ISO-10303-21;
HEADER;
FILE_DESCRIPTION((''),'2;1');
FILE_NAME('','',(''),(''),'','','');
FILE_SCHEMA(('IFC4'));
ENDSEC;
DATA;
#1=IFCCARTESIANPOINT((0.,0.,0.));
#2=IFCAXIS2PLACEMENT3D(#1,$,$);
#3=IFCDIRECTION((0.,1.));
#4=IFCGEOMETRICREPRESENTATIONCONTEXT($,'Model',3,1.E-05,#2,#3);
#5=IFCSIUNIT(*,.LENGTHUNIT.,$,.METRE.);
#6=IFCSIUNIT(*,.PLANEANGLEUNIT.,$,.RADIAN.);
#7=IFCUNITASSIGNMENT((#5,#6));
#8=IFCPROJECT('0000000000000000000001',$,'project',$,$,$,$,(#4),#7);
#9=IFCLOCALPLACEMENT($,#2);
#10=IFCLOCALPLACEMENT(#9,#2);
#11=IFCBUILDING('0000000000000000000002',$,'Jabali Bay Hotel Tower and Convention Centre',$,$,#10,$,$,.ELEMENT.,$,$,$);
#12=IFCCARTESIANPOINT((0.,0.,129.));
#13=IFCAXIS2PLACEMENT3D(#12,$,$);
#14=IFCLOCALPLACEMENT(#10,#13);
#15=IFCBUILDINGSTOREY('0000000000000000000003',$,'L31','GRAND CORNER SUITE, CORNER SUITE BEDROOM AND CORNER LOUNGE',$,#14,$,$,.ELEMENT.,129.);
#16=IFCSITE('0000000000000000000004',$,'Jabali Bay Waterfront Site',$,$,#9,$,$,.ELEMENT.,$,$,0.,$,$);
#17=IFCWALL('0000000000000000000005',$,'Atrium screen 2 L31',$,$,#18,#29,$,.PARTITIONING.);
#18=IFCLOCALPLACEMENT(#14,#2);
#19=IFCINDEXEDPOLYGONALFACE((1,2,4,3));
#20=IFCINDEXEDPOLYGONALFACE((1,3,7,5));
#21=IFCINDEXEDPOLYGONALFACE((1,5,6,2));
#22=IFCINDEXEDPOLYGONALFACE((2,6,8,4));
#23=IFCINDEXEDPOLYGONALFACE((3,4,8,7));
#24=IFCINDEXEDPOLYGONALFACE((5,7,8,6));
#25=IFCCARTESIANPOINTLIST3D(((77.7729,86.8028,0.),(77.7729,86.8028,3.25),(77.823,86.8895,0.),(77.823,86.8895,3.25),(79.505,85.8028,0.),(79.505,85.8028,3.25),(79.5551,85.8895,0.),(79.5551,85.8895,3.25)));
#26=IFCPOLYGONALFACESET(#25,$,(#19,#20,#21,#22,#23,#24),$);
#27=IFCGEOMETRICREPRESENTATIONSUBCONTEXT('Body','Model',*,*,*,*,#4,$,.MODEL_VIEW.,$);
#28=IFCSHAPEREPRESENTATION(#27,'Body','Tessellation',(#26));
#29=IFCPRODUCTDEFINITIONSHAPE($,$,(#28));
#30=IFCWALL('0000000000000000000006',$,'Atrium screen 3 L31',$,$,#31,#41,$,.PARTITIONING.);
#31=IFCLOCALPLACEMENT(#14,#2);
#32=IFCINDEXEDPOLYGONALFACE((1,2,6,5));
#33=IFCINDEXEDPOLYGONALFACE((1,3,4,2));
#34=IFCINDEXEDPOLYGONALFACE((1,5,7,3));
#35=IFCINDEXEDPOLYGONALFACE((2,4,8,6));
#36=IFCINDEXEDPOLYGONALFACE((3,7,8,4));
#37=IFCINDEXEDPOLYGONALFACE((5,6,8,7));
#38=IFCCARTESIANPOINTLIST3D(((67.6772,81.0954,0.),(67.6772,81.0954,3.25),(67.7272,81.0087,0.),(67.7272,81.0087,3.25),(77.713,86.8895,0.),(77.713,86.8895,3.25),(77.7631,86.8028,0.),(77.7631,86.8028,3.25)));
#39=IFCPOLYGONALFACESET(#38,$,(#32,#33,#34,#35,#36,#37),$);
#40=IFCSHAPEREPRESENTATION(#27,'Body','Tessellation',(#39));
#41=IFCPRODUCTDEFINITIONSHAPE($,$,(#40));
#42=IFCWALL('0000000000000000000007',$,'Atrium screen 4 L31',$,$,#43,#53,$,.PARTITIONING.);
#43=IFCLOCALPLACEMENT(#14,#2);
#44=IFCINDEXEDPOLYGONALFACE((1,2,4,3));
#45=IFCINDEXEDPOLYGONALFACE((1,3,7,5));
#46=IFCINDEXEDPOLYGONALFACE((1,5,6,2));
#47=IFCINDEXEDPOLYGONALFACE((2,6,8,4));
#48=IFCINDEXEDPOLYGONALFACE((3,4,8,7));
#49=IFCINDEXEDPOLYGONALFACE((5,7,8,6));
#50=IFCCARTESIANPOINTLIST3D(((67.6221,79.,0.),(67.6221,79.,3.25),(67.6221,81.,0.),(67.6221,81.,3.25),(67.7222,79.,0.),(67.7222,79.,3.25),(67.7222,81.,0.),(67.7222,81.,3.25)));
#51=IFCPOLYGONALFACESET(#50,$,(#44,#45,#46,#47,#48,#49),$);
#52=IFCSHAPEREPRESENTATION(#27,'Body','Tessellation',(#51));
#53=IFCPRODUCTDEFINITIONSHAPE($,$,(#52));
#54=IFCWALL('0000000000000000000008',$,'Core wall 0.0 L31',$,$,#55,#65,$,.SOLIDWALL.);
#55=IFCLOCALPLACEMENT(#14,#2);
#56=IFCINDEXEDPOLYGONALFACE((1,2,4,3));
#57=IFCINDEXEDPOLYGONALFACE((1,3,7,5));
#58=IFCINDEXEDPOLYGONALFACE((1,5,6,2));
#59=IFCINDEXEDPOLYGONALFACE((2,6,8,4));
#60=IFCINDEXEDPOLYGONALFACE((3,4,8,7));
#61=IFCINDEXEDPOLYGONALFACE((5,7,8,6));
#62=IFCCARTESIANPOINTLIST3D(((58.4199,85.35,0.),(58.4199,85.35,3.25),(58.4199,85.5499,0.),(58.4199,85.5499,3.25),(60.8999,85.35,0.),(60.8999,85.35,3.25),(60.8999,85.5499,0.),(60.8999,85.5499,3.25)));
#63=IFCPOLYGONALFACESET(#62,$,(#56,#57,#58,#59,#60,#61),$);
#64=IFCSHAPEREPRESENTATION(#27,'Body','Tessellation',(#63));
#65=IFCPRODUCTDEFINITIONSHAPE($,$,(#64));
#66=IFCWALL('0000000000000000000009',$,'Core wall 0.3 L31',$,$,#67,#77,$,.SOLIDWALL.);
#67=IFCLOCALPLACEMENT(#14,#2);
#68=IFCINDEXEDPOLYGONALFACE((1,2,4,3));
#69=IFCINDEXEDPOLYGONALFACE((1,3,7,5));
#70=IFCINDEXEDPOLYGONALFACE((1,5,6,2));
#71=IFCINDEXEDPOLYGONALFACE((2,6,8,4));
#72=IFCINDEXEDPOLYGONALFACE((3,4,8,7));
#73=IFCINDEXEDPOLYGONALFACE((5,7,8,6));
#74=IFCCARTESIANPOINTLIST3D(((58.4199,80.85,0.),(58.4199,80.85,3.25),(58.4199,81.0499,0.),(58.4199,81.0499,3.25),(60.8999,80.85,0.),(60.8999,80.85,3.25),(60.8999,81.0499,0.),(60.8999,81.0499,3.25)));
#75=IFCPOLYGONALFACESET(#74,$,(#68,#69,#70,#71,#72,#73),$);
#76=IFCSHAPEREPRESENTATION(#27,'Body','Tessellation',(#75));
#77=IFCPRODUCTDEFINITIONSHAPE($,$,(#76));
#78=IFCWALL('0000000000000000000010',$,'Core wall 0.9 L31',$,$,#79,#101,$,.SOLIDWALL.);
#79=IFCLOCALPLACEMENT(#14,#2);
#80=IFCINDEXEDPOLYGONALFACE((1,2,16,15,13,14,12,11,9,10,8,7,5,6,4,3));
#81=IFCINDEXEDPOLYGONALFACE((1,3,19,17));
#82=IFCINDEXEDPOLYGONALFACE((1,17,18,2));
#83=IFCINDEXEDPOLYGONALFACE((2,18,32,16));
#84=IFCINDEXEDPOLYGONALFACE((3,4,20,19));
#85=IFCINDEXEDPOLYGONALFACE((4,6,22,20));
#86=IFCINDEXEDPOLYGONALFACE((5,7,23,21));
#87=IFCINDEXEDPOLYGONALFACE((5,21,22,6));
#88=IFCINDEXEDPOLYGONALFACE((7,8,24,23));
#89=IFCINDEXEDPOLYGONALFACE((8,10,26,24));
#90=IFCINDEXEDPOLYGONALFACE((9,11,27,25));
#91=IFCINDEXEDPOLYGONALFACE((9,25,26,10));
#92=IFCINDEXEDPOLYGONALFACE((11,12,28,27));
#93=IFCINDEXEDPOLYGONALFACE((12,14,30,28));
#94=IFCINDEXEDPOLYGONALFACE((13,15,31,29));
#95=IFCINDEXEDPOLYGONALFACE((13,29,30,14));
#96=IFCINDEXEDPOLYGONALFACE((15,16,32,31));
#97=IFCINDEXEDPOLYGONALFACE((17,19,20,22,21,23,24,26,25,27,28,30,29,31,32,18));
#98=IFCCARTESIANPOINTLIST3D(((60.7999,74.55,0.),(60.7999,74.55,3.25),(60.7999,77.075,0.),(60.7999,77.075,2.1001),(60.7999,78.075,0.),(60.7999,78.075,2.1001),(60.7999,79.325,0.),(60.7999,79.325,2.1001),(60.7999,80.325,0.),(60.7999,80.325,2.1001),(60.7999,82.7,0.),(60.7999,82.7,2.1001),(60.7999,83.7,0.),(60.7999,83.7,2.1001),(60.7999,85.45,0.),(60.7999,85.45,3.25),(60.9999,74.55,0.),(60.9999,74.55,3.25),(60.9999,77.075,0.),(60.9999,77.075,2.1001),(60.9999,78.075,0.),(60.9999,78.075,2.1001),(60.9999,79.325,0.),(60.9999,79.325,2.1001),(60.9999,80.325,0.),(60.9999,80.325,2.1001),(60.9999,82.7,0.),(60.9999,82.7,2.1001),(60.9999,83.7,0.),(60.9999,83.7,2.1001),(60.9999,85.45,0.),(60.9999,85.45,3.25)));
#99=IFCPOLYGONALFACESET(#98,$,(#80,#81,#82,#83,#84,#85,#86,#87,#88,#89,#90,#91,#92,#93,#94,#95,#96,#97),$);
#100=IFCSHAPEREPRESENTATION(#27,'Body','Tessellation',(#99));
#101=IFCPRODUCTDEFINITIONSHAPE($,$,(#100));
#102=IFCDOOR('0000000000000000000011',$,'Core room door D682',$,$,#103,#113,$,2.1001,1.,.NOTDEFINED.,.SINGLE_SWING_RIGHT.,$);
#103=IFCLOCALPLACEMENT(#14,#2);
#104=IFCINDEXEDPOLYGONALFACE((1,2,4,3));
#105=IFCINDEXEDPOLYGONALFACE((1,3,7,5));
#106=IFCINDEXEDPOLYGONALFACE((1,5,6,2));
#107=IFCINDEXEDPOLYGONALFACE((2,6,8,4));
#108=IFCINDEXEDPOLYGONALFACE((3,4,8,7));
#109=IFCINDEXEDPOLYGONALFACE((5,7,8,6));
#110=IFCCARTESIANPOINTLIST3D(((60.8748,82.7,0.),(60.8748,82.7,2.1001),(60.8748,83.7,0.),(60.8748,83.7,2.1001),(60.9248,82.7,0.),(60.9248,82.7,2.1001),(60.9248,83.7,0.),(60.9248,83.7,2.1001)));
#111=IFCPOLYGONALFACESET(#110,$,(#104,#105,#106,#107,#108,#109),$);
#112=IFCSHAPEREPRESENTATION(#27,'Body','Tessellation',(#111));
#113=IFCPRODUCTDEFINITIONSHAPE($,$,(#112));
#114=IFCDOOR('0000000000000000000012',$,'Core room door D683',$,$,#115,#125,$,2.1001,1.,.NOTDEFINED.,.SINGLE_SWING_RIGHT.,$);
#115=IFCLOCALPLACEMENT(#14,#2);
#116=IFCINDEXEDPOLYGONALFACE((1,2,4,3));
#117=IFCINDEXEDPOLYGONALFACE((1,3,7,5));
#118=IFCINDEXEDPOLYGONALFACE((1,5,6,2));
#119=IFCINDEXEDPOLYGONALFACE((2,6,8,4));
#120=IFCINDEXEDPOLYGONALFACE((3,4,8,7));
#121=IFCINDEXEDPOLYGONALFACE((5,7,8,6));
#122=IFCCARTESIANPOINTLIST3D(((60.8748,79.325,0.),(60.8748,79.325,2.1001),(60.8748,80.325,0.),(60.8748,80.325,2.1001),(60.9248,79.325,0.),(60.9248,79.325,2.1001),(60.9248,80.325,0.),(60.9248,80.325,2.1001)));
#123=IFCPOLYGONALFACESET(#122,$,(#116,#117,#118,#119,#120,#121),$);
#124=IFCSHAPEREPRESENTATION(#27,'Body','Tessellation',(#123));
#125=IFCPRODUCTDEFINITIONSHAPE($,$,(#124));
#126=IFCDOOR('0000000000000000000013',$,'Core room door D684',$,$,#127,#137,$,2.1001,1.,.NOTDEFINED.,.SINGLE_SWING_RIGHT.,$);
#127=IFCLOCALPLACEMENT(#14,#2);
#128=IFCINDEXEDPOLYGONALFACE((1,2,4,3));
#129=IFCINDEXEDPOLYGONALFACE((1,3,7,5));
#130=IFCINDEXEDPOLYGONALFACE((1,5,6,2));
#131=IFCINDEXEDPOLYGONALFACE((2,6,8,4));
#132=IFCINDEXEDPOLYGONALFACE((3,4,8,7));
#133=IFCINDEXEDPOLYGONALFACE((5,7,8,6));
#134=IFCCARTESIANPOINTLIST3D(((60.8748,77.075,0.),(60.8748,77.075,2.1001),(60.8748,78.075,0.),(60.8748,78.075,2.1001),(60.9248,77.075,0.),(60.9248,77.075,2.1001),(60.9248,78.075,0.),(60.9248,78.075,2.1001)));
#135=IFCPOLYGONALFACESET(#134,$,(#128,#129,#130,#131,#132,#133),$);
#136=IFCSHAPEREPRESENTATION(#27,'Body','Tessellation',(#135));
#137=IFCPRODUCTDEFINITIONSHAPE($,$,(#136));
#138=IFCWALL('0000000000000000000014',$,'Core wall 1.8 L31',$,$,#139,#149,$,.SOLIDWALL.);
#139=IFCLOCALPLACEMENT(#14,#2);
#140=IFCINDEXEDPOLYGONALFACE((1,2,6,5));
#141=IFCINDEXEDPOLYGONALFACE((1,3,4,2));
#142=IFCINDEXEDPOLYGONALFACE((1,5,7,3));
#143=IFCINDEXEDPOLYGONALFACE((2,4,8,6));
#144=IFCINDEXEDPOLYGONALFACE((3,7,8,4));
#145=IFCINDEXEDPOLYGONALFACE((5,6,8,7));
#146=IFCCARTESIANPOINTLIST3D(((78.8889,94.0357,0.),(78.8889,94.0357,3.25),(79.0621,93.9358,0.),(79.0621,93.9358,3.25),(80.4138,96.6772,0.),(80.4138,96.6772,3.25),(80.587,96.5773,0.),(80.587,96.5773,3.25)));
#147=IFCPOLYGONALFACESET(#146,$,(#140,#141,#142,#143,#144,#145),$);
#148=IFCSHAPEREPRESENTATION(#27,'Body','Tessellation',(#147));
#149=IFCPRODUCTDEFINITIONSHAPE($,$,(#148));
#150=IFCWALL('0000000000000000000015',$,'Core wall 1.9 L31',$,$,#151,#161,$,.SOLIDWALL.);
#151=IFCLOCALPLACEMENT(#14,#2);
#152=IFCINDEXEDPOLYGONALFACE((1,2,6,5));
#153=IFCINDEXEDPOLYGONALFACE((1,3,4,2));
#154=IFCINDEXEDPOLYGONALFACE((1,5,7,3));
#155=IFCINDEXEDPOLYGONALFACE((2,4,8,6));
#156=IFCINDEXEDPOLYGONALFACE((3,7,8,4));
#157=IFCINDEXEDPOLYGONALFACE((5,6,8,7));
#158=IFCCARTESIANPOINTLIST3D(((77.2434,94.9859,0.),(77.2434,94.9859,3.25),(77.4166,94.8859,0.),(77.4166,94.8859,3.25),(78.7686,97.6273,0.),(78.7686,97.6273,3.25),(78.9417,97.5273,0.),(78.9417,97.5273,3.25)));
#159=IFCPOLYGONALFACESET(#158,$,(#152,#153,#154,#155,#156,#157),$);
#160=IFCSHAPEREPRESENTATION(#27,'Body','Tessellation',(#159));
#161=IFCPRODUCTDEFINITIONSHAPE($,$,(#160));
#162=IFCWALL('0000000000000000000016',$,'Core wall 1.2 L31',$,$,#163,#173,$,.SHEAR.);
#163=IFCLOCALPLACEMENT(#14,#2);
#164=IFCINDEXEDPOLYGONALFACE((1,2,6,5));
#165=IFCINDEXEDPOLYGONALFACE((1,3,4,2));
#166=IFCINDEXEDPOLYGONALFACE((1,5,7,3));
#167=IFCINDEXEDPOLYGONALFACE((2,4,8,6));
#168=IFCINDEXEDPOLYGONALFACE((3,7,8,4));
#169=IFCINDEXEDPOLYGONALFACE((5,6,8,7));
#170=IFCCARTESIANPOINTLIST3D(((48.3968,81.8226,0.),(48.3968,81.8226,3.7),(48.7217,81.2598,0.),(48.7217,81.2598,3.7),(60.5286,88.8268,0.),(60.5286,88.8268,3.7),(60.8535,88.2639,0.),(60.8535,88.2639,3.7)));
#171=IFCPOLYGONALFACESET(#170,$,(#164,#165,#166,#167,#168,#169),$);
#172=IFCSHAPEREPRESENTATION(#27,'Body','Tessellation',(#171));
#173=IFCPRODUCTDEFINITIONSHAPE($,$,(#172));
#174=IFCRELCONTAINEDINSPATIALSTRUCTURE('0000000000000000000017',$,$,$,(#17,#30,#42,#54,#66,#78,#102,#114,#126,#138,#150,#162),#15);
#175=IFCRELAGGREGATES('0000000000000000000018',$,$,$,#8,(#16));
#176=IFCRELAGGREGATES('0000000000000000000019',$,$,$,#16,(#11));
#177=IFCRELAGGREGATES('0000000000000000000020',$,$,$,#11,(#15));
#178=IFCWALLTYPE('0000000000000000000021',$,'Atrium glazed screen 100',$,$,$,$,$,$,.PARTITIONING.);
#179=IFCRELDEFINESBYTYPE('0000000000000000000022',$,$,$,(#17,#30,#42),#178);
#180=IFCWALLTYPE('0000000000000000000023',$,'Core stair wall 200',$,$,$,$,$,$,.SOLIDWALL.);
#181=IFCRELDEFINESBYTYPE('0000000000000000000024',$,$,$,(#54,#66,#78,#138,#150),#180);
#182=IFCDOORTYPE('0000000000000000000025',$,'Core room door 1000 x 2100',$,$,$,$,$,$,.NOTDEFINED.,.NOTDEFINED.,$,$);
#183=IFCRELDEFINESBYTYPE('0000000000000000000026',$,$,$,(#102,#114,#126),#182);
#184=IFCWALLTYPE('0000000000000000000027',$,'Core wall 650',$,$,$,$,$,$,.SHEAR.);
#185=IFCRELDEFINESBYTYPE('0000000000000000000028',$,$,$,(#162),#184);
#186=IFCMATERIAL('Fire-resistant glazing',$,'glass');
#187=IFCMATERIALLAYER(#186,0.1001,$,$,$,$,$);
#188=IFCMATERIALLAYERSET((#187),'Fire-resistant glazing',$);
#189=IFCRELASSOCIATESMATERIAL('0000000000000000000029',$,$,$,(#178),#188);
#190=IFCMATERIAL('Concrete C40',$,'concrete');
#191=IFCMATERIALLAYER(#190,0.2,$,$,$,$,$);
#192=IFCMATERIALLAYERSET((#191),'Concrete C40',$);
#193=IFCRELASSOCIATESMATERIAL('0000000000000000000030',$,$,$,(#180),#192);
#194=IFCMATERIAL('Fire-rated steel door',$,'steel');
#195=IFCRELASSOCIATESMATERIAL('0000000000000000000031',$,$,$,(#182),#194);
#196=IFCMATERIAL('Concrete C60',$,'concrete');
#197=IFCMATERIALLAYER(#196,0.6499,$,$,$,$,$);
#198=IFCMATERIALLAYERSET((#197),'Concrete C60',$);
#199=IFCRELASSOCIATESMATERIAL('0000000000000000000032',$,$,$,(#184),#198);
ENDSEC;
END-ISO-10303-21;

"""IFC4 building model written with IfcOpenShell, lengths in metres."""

from ifc_helpers import new_model, si_unit, direction, frame, frame_2d, origin, place, context, subcontext, project, spatial, rectangle, extrude, material, layer, layer_set, type_object, element, fill, save


model = new_model("IFC4")

# Units and contexts
model_context = context("Model", 3, precision=1e-05, world=origin(), true_north=direction((0.0, 1.0)))
body_context = subcontext(model_context, "Body", "Model", "MODEL_VIEW")
ifc_project = project(units=[si_unit("LENGTHUNIT", "METRE"), si_unit("PLANEANGLEUNIT", "RADIAN")], contexts=[model_context])

# Site, building, storey
site_placement = place(None, origin())
site = spatial("IfcSite", under=ifc_project, at=site_placement, Name="Jabali Bay Waterfront Site", CompositionType="ELEMENT", RefElevation=0.0)
building_placement = place(site_placement, origin())
building = spatial("IfcBuilding", under=site, at=building_placement, Name="Jabali Bay Hotel Tower and Convention Centre", CompositionType="ELEMENT")
storey_placement = place(building_placement, frame((0.0, 0.0, 129.0)))
storey = spatial("IfcBuildingStorey", under=building, at=storey_placement, Name="L31", Description="GRAND CORNER SUITE, CORNER SUITE BEDROOM AND CORNER LOUNGE", CompositionType="ELEMENT", Elevation=129.0)

# Walls
ifc_material_1 = material(Name="Fire-resistant glazing", Category="glass")
ifc_layer_1 = layer(ifc_material_1, 0.1001)
ifc_layer_set_1 = layer_set([ifc_layer_1], Name="Fire-resistant glazing")
wall_type_1 = type_object("IfcWallType", Name="Atrium glazed screen 100", PredefinedType="PARTITIONING", material=ifc_layer_set_1)
wall_1_placement = place(storey_placement, frame((79.53, 85.8462, 0.0), z_axis=(0.0, 0.0, 1.0), x_axis=(-0.866041, 0.499973, 0.0)))
element("IfcWall", 1, at=wall_1_placement, inside=storey, type_object=wall_type_1, Name="Atrium screen 2 L31", PredefinedType="PARTITIONING", context=body_context, shape_type="SweptSolid", body=[
    extrude(rectangle(XDim=2.0, YDim=0.1001, at=frame_2d((1.0, 0.0))), origin(), (0.0, 0.0, 1.0), 3.25),
])
wall_2_placement = place(storey_placement, frame((77.738, 86.8462, 0.0), z_axis=(0.0, 0.0, 1.0), x_axis=(-0.866027, -0.499998, 0.0)))
element("IfcWall", 2, at=wall_2_placement, inside=storey, type_object=wall_type_1, Name="Atrium screen 3 L31", PredefinedType="PARTITIONING", context=body_context, shape_type="SweptSolid", body=[
    extrude(rectangle(XDim=11.5884, YDim=0.1001, at=frame_2d((5.7942, 0.0))), origin(), (0.0, 0.0, 1.0), 3.25),
])
wall_3_placement = place(storey_placement, frame((67.6721, 81.0, 0.0), z_axis=(0.0, 0.0, 1.0), x_axis=(0.0, -1.0, 0.0)))
element("IfcWall", 3, at=wall_3_placement, inside=storey, type_object=wall_type_1, Name="Atrium screen 4 L31", PredefinedType="PARTITIONING", context=body_context, shape_type="SweptSolid", body=[
    extrude(rectangle(XDim=2.0, YDim=0.1001, at=frame_2d((1.0, 0.0))), origin(), (0.0, 0.0, 1.0), 3.25),
])
ifc_material_2 = material(Name="Concrete C40", Category="concrete")
ifc_layer_2 = layer(ifc_material_2, 0.2)
ifc_layer_set_2 = layer_set([ifc_layer_2], Name="Concrete C40")
wall_type_2 = type_object("IfcWallType", Name="Core stair wall 200", PredefinedType="SOLIDWALL", material=ifc_layer_set_2)
for number, where, z_axis, x_axis, name in (
    (4, (60.8999, 85.45, 0.0), (0.0, 0.0, 1.0), (-1.0, 0.0, 0.0), "Core wall 0.0 L31"),
    (5, (60.8999, 80.95, 0.0), (0.0, 0.0, 1.0), (-1.0, 0.0, 0.0), "Core wall 0.3 L31"),
):
    element("IfcWall", number, at=place(storey_placement, frame(where, z_axis=z_axis, x_axis=x_axis)), inside=storey, type_object=wall_type_2, Name=name, PredefinedType="SOLIDWALL", context=body_context, shape_type="SweptSolid", body=[
        extrude(rectangle(XDim=2.48, YDim=0.2, at=frame_2d((1.24, 0.0))), origin(), (0.0, 0.0, 1.0), 3.25),
    ])

# Wall, openings, doors
wall_4_placement = place(storey_placement, frame((60.8999, 85.45, 0.0), z_axis=(0.0, 0.0, 1.0), x_axis=(0.0, -1.0, 0.0)))
wall_4 = element("IfcWall", 6, at=wall_4_placement, inside=storey, type_object=wall_type_2, Name="Core wall 0.9 L31", PredefinedType="SOLIDWALL", context=body_context, shape_type="SweptSolid", body=[
    extrude(rectangle(XDim=10.8999, YDim=0.2, at=frame_2d((5.45, 0.0))), origin(), (0.0, 0.0, 1.0), 3.25),
])
opening_1_placement = place(wall_4_placement, frame((1.75, 0.0, 0.0)))
opening_1 = element("IfcOpeningElement", 7, at=opening_1_placement, cuts=wall_4, PredefinedType="OPENING", context=body_context, shape_type="SweptSolid", body=[
    extrude(rectangle(XDim=1.0, YDim=2.1001, at=frame_2d((0.5, 1.05))), frame((0.0, 0.1104, 0.0), z_axis=(0.0, -1.0, 0.0), x_axis=(1.0, 0.0, 0.0)), (0.0, 0.0, 1.0), 0.2209),
])
opening_2_placement = place(wall_4_placement, frame((5.125, 0.0, 0.0)))
opening_2 = element("IfcOpeningElement", 8, at=opening_2_placement, cuts=wall_4, PredefinedType="OPENING", context=body_context, shape_type="SweptSolid", body=[
    extrude(rectangle(XDim=1.0, YDim=2.1001, at=frame_2d((0.5, 1.05))), frame((0.0, 0.1104, 0.0), z_axis=(0.0, -1.0, 0.0), x_axis=(1.0, 0.0, 0.0)), (0.0, 0.0, 1.0), 0.2209),
])
opening_3_placement = place(wall_4_placement, frame((7.375, 0.0, 0.0)))
opening_3 = element("IfcOpeningElement", 9, at=opening_3_placement, cuts=wall_4, PredefinedType="OPENING", context=body_context, shape_type="SweptSolid", body=[
    extrude(rectangle(XDim=1.0, YDim=2.1001, at=frame_2d((0.5, 1.05))), frame((0.0, 0.1104, 0.0), z_axis=(0.0, -1.0, 0.0), x_axis=(1.0, 0.0, 0.0)), (0.0, 0.0, 1.0), 0.2209),
])
ifc_material_3 = material(Name="Fire-rated steel door", Category="steel")
door_type_1 = type_object("IfcDoorType", Name="Core room door 1000 x 2100", OperationType="NOTDEFINED", PredefinedType="NOTDEFINED", material=ifc_material_3)
door_1_placement = place(opening_1_placement, origin())
door_1 = element("IfcDoor", 10, at=door_1_placement, inside=storey, type_object=door_type_1, Name="Core room door D682", OperationType="SINGLE_SWING_RIGHT", OverallHeight=2.1001, OverallWidth=1.0, PredefinedType="NOTDEFINED", context=body_context, shape_type="SweptSolid", body=[
    extrude(rectangle(XDim=1.0, YDim=2.1001, at=frame_2d((0.5, 1.05))), frame((0.0, 0.0249, 0.0), z_axis=(0.0, -1.0, 0.0), x_axis=(1.0, 0.0, 0.0)), (0.0, 0.0, 1.0), 0.05),
])
fill(opening_1, door_1)
door_2_placement = place(opening_2_placement, origin())
door_2 = element("IfcDoor", 11, at=door_2_placement, inside=storey, type_object=door_type_1, Name="Core room door D683", OperationType="SINGLE_SWING_RIGHT", OverallHeight=2.1001, OverallWidth=1.0, PredefinedType="NOTDEFINED", context=body_context, shape_type="SweptSolid", body=[
    extrude(rectangle(XDim=1.0, YDim=2.1001, at=frame_2d((0.5, 1.05))), frame((0.0, 0.0249, 0.0), z_axis=(0.0, -1.0, 0.0), x_axis=(1.0, 0.0, 0.0)), (0.0, 0.0, 1.0), 0.05),
])
fill(opening_2, door_2)
door_3_placement = place(opening_3_placement, origin())
door_3 = element("IfcDoor", 12, at=door_3_placement, inside=storey, type_object=door_type_1, Name="Core room door D684", OperationType="SINGLE_SWING_RIGHT", OverallHeight=2.1001, OverallWidth=1.0, PredefinedType="NOTDEFINED", context=body_context, shape_type="SweptSolid", body=[
    extrude(rectangle(XDim=1.0, YDim=2.1001, at=frame_2d((0.5, 1.05))), frame((0.0, 0.0249, 0.0), z_axis=(0.0, -1.0, 0.0), x_axis=(1.0, 0.0, 0.0)), (0.0, 0.0, 1.0), 0.05),
])
fill(opening_3, door_3)

# Walls
for number, where, z_axis, x_axis, name in (
    (13, (78.9756, 93.9858, 0.0), (0.0, 0.0, 1.0), (0.499944, 0.866058, 0.0), "Core wall 1.8 L31"),
    (14, (77.3301, 94.936, 0.0), (0.0, 0.0, 1.0), (0.500039, 0.866003, 0.0), "Core wall 1.9 L31"),
):
    element("IfcWall", number, at=place(storey_placement, frame(where, z_axis=z_axis, x_axis=x_axis)), inside=storey, type_object=wall_type_2, Name=name, PredefinedType="SOLIDWALL", context=body_context, shape_type="SweptSolid", body=[
        extrude(rectangle(XDim=3.05, YDim=0.2, at=frame_2d((1.5249, 0.0))), origin(), (0.0, 0.0, 1.0), 3.25),
    ])
ifc_material_4 = material(Name="Concrete C60", Category="concrete")
ifc_layer_3 = layer(ifc_material_4, 0.6499)
ifc_layer_set_3 = layer_set([ifc_layer_3], Name="Concrete C60")
wall_type_3 = type_object("IfcWallType", Name="Core wall 650", PredefinedType="SHEAR", material=ifc_layer_set_3)
wall_5_placement = place(storey_placement, frame((60.6912, 88.5454, 0.0), z_axis=(0.0, 0.0, 1.0), x_axis=(-0.866031, -0.499991, 0.0)))
element("IfcWall", 15, at=wall_5_placement, inside=storey, type_object=wall_type_3, Name="Core wall 1.2 L31", PredefinedType="SHEAR", context=body_context, shape_type="SweptSolid", body=[
    extrude(rectangle(XDim=14.0085, YDim=0.6499, at=frame_2d((7.0044, 0.0))), origin(), (0.0, 0.0, 1.0), 3.7),
])

save(model, "model.ifc")
